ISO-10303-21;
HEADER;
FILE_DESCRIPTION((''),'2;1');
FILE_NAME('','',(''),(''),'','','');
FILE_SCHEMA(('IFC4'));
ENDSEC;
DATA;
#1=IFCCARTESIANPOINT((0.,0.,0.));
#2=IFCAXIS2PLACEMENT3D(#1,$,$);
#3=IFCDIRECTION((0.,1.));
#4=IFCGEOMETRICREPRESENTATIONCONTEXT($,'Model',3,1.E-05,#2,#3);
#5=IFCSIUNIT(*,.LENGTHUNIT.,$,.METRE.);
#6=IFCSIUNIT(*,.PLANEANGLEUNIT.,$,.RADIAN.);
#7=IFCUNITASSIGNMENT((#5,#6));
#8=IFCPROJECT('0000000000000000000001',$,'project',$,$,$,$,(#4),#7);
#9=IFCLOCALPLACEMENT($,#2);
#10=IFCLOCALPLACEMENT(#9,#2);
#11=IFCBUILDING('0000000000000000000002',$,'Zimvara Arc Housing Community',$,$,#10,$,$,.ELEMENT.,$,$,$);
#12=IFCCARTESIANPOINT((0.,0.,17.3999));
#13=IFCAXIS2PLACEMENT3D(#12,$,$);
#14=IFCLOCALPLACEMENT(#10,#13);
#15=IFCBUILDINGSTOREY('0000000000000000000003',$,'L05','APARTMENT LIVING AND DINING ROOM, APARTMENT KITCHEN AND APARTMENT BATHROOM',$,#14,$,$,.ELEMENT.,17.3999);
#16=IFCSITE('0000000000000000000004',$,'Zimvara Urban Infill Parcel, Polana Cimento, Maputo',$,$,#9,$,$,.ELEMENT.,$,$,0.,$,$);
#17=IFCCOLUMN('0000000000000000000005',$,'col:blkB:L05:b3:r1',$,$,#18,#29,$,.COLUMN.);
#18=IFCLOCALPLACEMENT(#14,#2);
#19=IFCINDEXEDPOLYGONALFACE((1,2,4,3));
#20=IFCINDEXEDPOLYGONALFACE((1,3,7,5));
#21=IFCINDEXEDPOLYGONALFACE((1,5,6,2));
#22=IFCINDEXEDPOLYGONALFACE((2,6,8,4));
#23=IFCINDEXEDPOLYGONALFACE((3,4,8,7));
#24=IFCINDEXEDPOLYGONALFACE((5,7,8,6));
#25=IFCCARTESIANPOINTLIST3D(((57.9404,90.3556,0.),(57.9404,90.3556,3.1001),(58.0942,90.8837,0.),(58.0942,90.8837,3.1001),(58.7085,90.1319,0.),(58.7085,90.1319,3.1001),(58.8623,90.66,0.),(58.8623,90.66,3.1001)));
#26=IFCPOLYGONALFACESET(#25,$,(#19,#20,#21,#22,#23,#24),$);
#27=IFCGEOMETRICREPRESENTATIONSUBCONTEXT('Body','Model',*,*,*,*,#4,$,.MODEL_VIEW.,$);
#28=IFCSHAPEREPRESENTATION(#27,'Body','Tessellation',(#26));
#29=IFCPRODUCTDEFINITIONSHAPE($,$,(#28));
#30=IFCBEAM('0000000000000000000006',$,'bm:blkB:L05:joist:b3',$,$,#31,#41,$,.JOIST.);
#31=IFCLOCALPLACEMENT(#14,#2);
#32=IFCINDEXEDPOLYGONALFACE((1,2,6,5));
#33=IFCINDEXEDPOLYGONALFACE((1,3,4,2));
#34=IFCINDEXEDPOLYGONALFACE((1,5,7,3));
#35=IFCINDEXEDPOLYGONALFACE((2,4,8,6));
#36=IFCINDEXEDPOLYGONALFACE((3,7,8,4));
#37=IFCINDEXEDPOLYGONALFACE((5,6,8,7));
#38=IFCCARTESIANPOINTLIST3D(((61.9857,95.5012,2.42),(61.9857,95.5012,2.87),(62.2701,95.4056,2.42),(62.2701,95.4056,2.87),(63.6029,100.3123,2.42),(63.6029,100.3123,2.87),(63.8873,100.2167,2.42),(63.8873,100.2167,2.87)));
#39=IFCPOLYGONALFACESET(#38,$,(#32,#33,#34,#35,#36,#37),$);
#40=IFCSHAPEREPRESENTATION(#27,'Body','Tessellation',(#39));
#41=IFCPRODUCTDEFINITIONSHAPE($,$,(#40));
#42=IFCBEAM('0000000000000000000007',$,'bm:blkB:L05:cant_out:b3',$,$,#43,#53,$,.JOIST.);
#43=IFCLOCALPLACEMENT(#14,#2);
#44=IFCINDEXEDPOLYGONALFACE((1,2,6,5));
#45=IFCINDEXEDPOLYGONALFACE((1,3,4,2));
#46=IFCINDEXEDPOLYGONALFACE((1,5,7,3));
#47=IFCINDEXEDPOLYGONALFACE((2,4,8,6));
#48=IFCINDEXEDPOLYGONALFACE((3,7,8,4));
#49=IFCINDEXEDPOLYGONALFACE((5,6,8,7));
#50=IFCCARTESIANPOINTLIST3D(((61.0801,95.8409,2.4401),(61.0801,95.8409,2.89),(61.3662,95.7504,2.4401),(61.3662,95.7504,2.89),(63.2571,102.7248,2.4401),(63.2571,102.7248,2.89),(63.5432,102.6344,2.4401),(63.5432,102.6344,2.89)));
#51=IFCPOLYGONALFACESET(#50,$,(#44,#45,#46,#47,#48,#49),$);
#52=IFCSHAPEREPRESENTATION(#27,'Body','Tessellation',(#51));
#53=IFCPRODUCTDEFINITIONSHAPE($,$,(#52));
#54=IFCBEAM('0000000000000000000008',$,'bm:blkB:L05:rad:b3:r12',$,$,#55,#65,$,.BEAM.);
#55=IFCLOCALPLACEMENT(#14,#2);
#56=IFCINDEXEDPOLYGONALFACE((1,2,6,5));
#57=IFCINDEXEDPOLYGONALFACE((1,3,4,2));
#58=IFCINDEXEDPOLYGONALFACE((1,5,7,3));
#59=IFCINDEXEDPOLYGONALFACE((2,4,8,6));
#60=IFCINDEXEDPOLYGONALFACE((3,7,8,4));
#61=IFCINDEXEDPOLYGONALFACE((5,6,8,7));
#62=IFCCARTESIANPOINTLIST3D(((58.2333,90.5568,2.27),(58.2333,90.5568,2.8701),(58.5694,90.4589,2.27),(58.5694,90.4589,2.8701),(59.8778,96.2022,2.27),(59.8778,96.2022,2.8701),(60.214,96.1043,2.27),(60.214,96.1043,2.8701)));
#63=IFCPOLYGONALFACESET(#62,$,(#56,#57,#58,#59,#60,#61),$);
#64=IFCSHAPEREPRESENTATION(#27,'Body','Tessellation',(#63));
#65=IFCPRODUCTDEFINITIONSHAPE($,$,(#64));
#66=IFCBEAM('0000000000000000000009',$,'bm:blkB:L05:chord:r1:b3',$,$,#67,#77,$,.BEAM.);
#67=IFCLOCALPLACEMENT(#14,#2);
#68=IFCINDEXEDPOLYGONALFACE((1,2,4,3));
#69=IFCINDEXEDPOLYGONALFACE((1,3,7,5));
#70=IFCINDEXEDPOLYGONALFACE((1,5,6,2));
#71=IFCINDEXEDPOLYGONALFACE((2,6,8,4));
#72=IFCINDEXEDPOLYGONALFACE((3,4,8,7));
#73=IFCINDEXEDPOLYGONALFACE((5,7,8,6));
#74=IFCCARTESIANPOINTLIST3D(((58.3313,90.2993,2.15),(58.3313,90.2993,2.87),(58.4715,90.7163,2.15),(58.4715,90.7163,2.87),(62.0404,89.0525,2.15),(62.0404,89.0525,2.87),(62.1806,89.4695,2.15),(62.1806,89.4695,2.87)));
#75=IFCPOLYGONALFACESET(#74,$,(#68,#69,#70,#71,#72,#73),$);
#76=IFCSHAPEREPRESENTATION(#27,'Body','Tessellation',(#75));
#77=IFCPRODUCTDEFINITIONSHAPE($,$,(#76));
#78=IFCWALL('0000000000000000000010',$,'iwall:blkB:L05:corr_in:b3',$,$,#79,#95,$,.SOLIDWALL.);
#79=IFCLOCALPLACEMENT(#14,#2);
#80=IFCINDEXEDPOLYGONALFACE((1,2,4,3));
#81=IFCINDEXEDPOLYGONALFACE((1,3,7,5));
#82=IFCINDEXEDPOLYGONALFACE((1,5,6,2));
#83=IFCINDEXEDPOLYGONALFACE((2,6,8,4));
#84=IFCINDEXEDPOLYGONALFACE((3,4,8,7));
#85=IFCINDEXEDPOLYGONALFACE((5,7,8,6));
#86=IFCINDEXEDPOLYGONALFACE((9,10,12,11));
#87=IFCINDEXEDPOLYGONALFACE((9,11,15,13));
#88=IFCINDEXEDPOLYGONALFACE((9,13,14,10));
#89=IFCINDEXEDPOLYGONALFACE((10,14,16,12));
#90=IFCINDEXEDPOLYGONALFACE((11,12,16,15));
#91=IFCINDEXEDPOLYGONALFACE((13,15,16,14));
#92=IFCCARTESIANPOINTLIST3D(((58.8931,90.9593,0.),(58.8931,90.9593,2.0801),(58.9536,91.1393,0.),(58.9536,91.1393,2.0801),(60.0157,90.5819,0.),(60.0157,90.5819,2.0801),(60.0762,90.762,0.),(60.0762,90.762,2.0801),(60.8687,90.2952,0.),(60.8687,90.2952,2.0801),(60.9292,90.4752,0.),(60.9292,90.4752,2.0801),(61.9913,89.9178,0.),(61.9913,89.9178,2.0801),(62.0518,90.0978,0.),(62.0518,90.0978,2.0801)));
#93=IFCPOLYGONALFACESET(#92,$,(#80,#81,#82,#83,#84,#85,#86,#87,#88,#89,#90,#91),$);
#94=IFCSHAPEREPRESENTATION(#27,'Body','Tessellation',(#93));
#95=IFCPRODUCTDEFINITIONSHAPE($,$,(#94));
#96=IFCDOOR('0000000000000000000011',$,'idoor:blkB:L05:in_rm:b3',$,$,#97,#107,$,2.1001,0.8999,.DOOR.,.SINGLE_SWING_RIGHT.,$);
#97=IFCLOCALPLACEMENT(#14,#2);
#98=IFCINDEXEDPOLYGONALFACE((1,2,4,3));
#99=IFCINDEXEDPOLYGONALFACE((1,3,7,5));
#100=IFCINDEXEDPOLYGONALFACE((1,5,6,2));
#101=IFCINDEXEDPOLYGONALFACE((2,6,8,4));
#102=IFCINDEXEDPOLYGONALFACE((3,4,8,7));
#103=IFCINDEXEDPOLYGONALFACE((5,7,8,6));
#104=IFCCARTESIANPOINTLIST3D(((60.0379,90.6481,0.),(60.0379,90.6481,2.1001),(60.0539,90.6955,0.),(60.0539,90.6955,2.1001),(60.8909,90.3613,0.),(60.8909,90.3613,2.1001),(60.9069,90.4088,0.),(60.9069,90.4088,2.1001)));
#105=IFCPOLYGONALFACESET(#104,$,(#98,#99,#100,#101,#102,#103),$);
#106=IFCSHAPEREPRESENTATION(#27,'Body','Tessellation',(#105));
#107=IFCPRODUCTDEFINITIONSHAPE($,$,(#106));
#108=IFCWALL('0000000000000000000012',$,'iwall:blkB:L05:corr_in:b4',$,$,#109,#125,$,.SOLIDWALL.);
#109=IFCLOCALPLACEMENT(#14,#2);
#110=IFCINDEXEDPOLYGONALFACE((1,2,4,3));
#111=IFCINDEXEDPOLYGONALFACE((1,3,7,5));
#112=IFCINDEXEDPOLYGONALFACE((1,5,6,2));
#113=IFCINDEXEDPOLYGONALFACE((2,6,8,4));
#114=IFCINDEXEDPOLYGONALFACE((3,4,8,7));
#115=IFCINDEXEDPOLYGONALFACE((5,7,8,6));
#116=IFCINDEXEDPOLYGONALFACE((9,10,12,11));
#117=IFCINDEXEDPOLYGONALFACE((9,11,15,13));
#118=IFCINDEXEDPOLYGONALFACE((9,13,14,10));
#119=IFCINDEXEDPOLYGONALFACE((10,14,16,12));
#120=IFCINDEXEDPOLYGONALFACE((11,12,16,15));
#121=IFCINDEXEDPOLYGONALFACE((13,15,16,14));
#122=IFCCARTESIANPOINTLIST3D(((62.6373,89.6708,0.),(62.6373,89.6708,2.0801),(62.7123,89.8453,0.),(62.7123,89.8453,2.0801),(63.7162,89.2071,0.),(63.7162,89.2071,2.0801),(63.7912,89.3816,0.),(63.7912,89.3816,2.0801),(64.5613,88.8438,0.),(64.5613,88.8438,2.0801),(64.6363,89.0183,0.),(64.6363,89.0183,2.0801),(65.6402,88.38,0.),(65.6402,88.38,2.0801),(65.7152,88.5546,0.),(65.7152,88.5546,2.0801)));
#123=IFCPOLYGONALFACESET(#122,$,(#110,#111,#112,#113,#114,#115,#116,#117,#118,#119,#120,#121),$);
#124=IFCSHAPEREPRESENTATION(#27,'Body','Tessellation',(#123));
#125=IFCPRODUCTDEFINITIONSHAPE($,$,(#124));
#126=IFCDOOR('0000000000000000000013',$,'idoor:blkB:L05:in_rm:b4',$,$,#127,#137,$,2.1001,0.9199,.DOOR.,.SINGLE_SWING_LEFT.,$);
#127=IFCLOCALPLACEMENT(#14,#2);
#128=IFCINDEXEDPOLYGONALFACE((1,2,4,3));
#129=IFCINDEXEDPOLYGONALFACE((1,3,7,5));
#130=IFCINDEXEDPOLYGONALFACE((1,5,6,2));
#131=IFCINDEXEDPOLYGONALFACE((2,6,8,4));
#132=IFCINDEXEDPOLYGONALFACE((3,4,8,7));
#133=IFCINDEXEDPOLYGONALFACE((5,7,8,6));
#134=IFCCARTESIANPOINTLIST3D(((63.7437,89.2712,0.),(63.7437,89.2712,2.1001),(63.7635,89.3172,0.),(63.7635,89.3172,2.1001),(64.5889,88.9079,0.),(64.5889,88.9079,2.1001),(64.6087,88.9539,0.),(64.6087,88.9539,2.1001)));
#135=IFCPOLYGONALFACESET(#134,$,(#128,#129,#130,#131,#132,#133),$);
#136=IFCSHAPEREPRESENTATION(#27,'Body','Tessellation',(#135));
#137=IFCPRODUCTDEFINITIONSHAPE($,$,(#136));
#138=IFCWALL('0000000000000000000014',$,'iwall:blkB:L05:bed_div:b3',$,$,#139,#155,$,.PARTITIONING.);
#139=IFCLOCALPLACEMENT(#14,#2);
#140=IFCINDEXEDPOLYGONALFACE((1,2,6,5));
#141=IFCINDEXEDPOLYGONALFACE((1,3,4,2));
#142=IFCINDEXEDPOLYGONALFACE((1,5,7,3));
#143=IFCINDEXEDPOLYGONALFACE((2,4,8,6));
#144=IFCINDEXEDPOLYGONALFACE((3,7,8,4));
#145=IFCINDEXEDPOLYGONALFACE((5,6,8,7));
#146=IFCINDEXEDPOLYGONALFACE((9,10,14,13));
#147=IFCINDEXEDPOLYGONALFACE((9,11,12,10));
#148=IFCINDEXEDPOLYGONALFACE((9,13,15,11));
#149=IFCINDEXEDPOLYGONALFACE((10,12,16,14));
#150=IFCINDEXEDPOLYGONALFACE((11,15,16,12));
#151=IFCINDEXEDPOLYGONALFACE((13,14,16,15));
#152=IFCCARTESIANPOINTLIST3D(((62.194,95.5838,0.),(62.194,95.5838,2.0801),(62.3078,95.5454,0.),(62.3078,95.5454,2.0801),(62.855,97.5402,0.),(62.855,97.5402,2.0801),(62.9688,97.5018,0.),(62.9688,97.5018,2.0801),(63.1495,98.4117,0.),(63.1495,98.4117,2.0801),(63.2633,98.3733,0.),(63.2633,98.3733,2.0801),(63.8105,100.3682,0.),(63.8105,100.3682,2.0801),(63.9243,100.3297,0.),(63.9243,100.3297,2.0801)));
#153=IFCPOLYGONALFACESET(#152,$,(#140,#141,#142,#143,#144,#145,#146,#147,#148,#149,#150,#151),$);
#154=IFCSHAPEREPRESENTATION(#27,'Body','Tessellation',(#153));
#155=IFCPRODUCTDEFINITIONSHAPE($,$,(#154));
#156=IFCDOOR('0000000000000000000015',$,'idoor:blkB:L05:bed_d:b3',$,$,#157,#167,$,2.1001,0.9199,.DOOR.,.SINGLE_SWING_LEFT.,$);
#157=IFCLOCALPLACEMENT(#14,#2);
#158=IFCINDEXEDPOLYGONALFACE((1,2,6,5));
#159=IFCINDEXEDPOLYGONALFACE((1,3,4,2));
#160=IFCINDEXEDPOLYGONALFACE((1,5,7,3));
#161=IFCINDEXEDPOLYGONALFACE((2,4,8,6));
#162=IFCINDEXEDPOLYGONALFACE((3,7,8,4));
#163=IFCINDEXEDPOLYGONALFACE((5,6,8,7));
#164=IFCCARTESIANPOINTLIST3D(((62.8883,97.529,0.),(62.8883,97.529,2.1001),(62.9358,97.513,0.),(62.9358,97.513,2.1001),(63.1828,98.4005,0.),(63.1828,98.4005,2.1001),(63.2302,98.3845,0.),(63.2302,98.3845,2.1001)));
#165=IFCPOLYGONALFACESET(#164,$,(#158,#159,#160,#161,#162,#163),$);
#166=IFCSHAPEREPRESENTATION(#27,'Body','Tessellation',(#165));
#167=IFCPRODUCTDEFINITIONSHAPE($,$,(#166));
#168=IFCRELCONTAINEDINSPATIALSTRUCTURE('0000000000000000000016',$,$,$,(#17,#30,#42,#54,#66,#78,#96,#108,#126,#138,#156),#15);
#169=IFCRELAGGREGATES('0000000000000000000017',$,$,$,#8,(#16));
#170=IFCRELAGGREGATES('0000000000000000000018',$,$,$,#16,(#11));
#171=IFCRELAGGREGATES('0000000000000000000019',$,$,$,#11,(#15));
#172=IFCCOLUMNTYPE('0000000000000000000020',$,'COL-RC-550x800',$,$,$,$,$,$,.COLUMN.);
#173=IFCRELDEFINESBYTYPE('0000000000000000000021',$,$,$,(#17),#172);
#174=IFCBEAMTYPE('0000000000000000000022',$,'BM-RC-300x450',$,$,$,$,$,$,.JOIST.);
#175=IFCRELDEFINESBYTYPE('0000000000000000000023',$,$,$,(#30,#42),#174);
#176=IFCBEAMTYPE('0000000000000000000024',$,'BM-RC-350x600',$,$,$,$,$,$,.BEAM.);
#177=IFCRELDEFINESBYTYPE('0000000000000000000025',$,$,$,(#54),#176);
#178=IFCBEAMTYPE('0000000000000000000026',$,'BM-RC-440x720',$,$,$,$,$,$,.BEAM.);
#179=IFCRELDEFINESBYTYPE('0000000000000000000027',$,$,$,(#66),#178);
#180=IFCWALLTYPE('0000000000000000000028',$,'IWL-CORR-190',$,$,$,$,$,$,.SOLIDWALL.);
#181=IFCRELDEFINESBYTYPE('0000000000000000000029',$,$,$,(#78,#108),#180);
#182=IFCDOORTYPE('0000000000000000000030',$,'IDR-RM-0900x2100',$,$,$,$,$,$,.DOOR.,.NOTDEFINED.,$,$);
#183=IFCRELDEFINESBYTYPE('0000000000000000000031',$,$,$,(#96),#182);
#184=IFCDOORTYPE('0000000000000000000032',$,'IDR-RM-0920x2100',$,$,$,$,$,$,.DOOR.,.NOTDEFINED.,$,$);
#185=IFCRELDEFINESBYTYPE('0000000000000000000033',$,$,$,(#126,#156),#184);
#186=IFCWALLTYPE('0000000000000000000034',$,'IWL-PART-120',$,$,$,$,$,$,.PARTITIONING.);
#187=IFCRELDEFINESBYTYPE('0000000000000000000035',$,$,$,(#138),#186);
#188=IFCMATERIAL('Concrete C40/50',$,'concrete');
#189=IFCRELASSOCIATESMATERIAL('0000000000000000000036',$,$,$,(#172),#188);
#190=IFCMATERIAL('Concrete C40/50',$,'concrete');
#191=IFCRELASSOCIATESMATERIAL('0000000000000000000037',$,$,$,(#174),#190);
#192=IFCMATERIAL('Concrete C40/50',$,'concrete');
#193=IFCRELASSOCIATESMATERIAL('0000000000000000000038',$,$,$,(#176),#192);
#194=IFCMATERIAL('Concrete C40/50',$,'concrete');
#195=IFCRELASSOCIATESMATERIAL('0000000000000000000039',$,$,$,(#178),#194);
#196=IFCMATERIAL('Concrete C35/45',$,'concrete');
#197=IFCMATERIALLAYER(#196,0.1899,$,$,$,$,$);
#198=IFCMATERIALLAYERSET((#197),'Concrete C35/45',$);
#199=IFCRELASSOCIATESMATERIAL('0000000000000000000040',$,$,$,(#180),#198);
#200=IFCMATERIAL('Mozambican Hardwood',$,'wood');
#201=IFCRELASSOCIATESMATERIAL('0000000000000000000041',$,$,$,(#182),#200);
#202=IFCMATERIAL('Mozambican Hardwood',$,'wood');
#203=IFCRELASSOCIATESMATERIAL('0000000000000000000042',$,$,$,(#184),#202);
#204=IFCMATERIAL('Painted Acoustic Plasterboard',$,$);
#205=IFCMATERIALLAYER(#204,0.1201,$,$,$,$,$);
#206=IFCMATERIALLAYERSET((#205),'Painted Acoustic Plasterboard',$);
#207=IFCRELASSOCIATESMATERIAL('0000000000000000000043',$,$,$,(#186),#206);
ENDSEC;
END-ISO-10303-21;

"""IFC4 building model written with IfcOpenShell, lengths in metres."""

from ifc_helpers import new_model, si_unit, direction, frame, frame_2d, origin, origin_2d, place, context, subcontext, project, spatial, rectangle, extrude, material, layer, layer_set, material_profile, profile_set, type_object, element, fill, save


model = new_model("IFC4")

# Units and contexts
model_context = context("Model", 3, precision=1e-05, world=origin(), true_north=direction((0.0, 1.0)))
body_context = subcontext(model_context, "Body", "Model", "MODEL_VIEW")
ifc_project = project(units=[si_unit("LENGTHUNIT", "METRE"), si_unit("PLANEANGLEUNIT", "RADIAN")], contexts=[model_context])

# Site, building, storey
site_placement = place(None, origin())
site = spatial("IfcSite", under=ifc_project, at=site_placement, Name="Zimvara Urban Infill Parcel, Polana Cimento, Maputo", CompositionType="ELEMENT", RefElevation=0.0)
building_placement = place(site_placement, origin())
building = spatial("IfcBuilding", under=site, at=building_placement, Name="Zimvara Arc Housing Community", CompositionType="ELEMENT")
storey_placement = place(building_placement, frame((0.0, 0.0, 17.3999)))
storey = spatial("IfcBuildingStorey", under=building, at=storey_placement, Name="L05", Description="APARTMENT LIVING AND DINING ROOM, APARTMENT KITCHEN AND APARTMENT BATHROOM", CompositionType="ELEMENT", Elevation=17.3999)

# Column
ifc_material_1 = material(Name="Concrete C40/50", Category="concrete")
ifc_material_profile_1 = material_profile(ifc_material_1, rectangle(XDim=0.55, YDim=0.8, at=origin_2d()), Name="RC 550x800")
ifc_profile_set_1 = profile_set([ifc_material_profile_1], Name="Concrete C40/50")
column_type = type_object("IfcColumnType", Name="COL-RC-550x800", PredefinedType="COLUMN", material=ifc_profile_set_1)
column_placement = place(storey_placement, frame((58.4014, 90.5078, 0.0), z_axis=(0.0, 0.0, 1.0), x_axis=(0.279661, 0.960099, 0.0)))
element("IfcColumn", 1, at=column_placement, inside=storey, type_object=column_type, Name="col:blkB:L05:b3:r1", PredefinedType="COLUMN", context=body_context, shape_type="SweptSolid", body=[
    extrude(rectangle(XDim=0.55, YDim=0.8, at=origin_2d()), origin(), (0.0, 0.0, 1.0), 3.1001),
])

# Beams
ifc_material_2 = material(Name="Concrete C40/50", Category="concrete")
ifc_material_profile_2 = material_profile(ifc_material_2, rectangle(XDim=0.3, YDim=0.45, at=origin_2d()), Name="RC 300x450")
ifc_profile_set_2 = profile_set([ifc_material_profile_2], Name="Concrete C40/50")
beam_type_1 = type_object("IfcBeamType", Name="BM-RC-300x450", PredefinedType="JOIST", material=ifc_profile_set_2)
beam_1_placement = place(storey_placement, frame((62.1279, 95.4534, 2.645), z_axis=(0.318608, 0.947887, 0.0), x_axis=(-0.947887, 0.318608, 0.0)))
element("IfcBeam", 2, at=beam_1_placement, inside=storey, type_object=beam_type_1, Name="bm:blkB:L05:joist:b3", PredefinedType="JOIST", context=body_context, shape_type="SweptSolid", body=[
    extrude(rectangle(XDim=0.3, YDim=0.45, at=origin_2d()), origin(), (0.0, 0.0, 1.0), 5.0757),
])
beam_2_placement = place(storey_placement, frame((61.2231, 95.7957, 2.665), z_axis=(0.301521, 0.953459, 0.0), x_axis=(-0.953459, 0.301521, 0.0)))
element("IfcBeam", 3, at=beam_2_placement, inside=storey, type_object=beam_type_1, Name="bm:blkB:L05:cant_out:b3", PredefinedType="JOIST", context=body_context, shape_type="SweptSolid", body=[
    extrude(rectangle(XDim=0.3, YDim=0.45, at=origin_2d()), origin(), (0.0, 0.0, 1.0), 7.22),
])
ifc_material_3 = material(Name="Concrete C40/50", Category="concrete")
ifc_material_profile_3 = material_profile(ifc_material_3, rectangle(XDim=0.3501, YDim=0.6001, at=origin_2d()), Name="RC 350x600")
ifc_profile_set_3 = profile_set([ifc_material_profile_3], Name="Concrete C40/50")
beam_type_2 = type_object("IfcBeamType", Name="BM-RC-350x600", PredefinedType="BEAM", material=ifc_profile_set_3)
beam_3_placement = place(storey_placement, frame((58.4014, 90.5078, 2.5701), z_axis=(0.279675, 0.960095, 0.0), x_axis=(-0.960095, 0.279675, 0.0)))
element("IfcBeam", 4, at=beam_3_placement, inside=storey, type_object=beam_type_2, Name="bm:blkB:L05:rad:b3:r12", PredefinedType="BEAM", context=body_context, shape_type="SweptSolid", body=[
    extrude(rectangle(XDim=0.3501, YDim=0.6001, at=origin_2d()), origin(), (0.0, 0.0, 1.0), 5.8801),
])
ifc_material_4 = material(Name="Concrete C40/50", Category="concrete")
ifc_material_profile_4 = material_profile(ifc_material_4, rectangle(XDim=0.4399, YDim=0.72, at=origin_2d()), Name="RC 440x720")
ifc_profile_set_4 = profile_set([ifc_material_profile_4], Name="Concrete C40/50")
beam_type_3 = type_object("IfcBeamType", Name="BM-RC-440x720", PredefinedType="BEAM", material=ifc_profile_set_4)
beam_4_placement = place(storey_placement, frame((58.4014, 90.5078, 2.51), z_axis=(0.947882, -0.318623, 0.0), x_axis=(0.318623, 0.947882, 0.0)))
element("IfcBeam", 5, at=beam_4_placement, inside=storey, type_object=beam_type_3, Name="bm:blkB:L05:chord:r1:b3", PredefinedType="BEAM", context=body_context, shape_type="SweptSolid", body=[
    extrude(rectangle(XDim=0.4399, YDim=0.72, at=origin_2d()), origin(), (0.0, 0.0, 1.0), 3.9131),
])

# Walls, openings, doors
ifc_material_5 = material(Name="Concrete C35/45", Category="concrete")
ifc_layer_1 = layer(ifc_material_5, 0.1899)
ifc_layer_set_1 = layer_set([ifc_layer_1], Name="Concrete C35/45")
wall_type_1 = type_object("IfcWallType", Name="IWL-CORR-190", PredefinedType="SOLIDWALL", material=ifc_layer_set_1)
wall_1_placement = place(storey_placement, frame((58.9233, 91.0493, 0.0), z_axis=(0.0, 0.0, 1.0), x_axis=(0.947874, -0.318647, 0.0)))
wall_1 = element("IfcWall", 6, at=wall_1_placement, inside=storey, type_object=wall_type_1, Name="iwall:blkB:L05:corr_in:b3", PredefinedType="SOLIDWALL", context=body_context, shape_type="SweptSolid", body=[
    extrude(rectangle(XDim=3.2686, YDim=0.1899, at=frame_2d((1.6343, 0.0))), origin(), (0.0, 0.0, 1.0), 2.0801),
])
opening_1_placement = place(wall_1_placement, frame((1.1843, 0.0, 0.0)))
opening_1 = element("IfcOpeningElement", 7, at=opening_1_placement, cuts=wall_1, PredefinedType="OPENING", context=body_context, shape_type="SweptSolid", body=[
    extrude(rectangle(XDim=0.8999, YDim=2.1001, at=frame_2d((0.45, 1.05))), frame((0.0, 0.105, 0.0), z_axis=(0.0, -1.0, 0.0), x_axis=(1.0, 0.0, 0.0)), (0.0, 0.0, 1.0), 0.21),
])
ifc_material_6 = material(Name="Mozambican Hardwood", Category="wood")
door_type_1 = type_object("IfcDoorType", Name="IDR-RM-0900x2100", OperationType="NOTDEFINED", PredefinedType="DOOR", material=ifc_material_6)
door_1_placement = place(opening_1_placement, origin())
door_1 = element("IfcDoor", 8, at=door_1_placement, inside=storey, type_object=door_type_1, Name="idoor:blkB:L05:in_rm:b3", OperationType="SINGLE_SWING_RIGHT", OverallHeight=2.1001, OverallWidth=0.8999, PredefinedType="DOOR", context=body_context, shape_type="SweptSolid", body=[
    extrude(rectangle(XDim=0.8999, YDim=2.1001, at=frame_2d((0.45, 1.05))), frame((0.0, 0.0249, 0.0), z_axis=(0.0, -1.0, 0.0), x_axis=(1.0, 0.0, 0.0)), (0.0, 0.0, 1.0), 0.05),
])
fill(opening_1, door_1)
wall_2_placement = place(storey_placement, frame((62.6748, 89.7581, 0.0), z_axis=(0.0, 0.0, 1.0), x_axis=(0.918723, -0.394902, 0.0)))
wall_2 = element("IfcWall", 9, at=wall_2_placement, inside=storey, type_object=wall_type_1, Name="iwall:blkB:L05:corr_in:b4", PredefinedType="SOLIDWALL", context=body_context, shape_type="SweptSolid", body=[
    extrude(rectangle(XDim=3.2686, YDim=0.1899, at=frame_2d((1.6343, 0.0))), origin(), (0.0, 0.0, 1.0), 2.0801),
])
opening_2_placement = place(wall_2_placement, frame((1.1743, 0.0, 0.0)))
opening_2 = element("IfcOpeningElement", 10, at=opening_2_placement, cuts=wall_2, PredefinedType="OPENING", context=body_context, shape_type="SweptSolid", body=[
    extrude(rectangle(XDim=0.9199, YDim=2.1001, at=frame_2d((0.46, 1.05))), frame((0.0, 0.105, 0.0), z_axis=(0.0, -1.0, 0.0), x_axis=(1.0, 0.0, 0.0)), (0.0, 0.0, 1.0), 0.21),
])
ifc_material_7 = material(Name="Mozambican Hardwood", Category="wood")
door_type_2 = type_object("IfcDoorType", Name="IDR-RM-0920x2100", OperationType="NOTDEFINED", PredefinedType="DOOR", material=ifc_material_7)
door_2_placement = place(opening_2_placement, origin())
door_2 = element("IfcDoor", 11, at=door_2_placement, inside=storey, type_object=door_type_2, Name="idoor:blkB:L05:in_rm:b4", OperationType="SINGLE_SWING_LEFT", OverallHeight=2.1001, OverallWidth=0.9199, PredefinedType="DOOR", context=body_context, shape_type="SweptSolid", body=[
    extrude(rectangle(XDim=0.9199, YDim=2.1001, at=frame_2d((0.46, 1.05))), frame((0.0, 0.0249, 0.0), z_axis=(0.0, -1.0, 0.0), x_axis=(1.0, 0.0, 0.0)), (0.0, 0.0, 1.0), 0.05),
])
fill(opening_2, door_2)
ifc_material_8 = material(Name="Painted Acoustic Plasterboard")
ifc_layer_2 = layer(ifc_material_8, 0.1201)
ifc_layer_set_2 = layer_set([ifc_layer_2], Name="Painted Acoustic Plasterboard")
wall_type_2 = type_object("IfcWallType", Name="IWL-PART-120", PredefinedType="PARTITIONING", material=ifc_layer_set_2)
wall_3_placement = place(storey_placement, frame((62.251, 95.5647, 0.0), z_axis=(0.0, 0.0, 1.0), x_axis=(0.320083, 0.94739, 0.0)))
wall_3 = element("IfcWall", 12, at=wall_3_placement, inside=storey, type_object=wall_type_2, Name="iwall:blkB:L05:bed_div:b3", PredefinedType="PARTITIONING", context=body_context, shape_type="SweptSolid", body=[
    extrude(rectangle(XDim=5.05, YDim=0.1201, at=frame_2d((2.5249, 0.0))), origin(), (0.0, 0.0, 1.0), 2.0801),
])
opening_3_placement = place(wall_3_placement, frame((2.0649, 0.0, 0.0)))
opening_3 = element("IfcOpeningElement", 13, at=opening_3_placement, cuts=wall_3, PredefinedType="OPENING", context=body_context, shape_type="SweptSolid", body=[
    extrude(rectangle(XDim=0.9199, YDim=2.1001, at=frame_2d((0.46, 1.05))), frame((0.0, 0.0701, 0.0), z_axis=(0.0, -1.0, 0.0), x_axis=(1.0, 0.0, 0.0)), (0.0, 0.0, 1.0), 0.1401),
])
door_3_placement = place(opening_3_placement, origin())
door_3 = element("IfcDoor", 14, at=door_3_placement, inside=storey, type_object=door_type_2, Name="idoor:blkB:L05:bed_d:b3", OperationType="SINGLE_SWING_LEFT", OverallHeight=2.1001, OverallWidth=0.9199, PredefinedType="DOOR", context=body_context, shape_type="SweptSolid", body=[
    extrude(rectangle(XDim=0.9199, YDim=2.1001, at=frame_2d((0.46, 1.05))), frame((0.0, 0.0249, 0.0), z_axis=(0.0, -1.0, 0.0), x_axis=(1.0, 0.0, 0.0)), (0.0, 0.0, 1.0), 0.05),
])
fill(opening_3, door_3)

save(model, "model.ifc")
